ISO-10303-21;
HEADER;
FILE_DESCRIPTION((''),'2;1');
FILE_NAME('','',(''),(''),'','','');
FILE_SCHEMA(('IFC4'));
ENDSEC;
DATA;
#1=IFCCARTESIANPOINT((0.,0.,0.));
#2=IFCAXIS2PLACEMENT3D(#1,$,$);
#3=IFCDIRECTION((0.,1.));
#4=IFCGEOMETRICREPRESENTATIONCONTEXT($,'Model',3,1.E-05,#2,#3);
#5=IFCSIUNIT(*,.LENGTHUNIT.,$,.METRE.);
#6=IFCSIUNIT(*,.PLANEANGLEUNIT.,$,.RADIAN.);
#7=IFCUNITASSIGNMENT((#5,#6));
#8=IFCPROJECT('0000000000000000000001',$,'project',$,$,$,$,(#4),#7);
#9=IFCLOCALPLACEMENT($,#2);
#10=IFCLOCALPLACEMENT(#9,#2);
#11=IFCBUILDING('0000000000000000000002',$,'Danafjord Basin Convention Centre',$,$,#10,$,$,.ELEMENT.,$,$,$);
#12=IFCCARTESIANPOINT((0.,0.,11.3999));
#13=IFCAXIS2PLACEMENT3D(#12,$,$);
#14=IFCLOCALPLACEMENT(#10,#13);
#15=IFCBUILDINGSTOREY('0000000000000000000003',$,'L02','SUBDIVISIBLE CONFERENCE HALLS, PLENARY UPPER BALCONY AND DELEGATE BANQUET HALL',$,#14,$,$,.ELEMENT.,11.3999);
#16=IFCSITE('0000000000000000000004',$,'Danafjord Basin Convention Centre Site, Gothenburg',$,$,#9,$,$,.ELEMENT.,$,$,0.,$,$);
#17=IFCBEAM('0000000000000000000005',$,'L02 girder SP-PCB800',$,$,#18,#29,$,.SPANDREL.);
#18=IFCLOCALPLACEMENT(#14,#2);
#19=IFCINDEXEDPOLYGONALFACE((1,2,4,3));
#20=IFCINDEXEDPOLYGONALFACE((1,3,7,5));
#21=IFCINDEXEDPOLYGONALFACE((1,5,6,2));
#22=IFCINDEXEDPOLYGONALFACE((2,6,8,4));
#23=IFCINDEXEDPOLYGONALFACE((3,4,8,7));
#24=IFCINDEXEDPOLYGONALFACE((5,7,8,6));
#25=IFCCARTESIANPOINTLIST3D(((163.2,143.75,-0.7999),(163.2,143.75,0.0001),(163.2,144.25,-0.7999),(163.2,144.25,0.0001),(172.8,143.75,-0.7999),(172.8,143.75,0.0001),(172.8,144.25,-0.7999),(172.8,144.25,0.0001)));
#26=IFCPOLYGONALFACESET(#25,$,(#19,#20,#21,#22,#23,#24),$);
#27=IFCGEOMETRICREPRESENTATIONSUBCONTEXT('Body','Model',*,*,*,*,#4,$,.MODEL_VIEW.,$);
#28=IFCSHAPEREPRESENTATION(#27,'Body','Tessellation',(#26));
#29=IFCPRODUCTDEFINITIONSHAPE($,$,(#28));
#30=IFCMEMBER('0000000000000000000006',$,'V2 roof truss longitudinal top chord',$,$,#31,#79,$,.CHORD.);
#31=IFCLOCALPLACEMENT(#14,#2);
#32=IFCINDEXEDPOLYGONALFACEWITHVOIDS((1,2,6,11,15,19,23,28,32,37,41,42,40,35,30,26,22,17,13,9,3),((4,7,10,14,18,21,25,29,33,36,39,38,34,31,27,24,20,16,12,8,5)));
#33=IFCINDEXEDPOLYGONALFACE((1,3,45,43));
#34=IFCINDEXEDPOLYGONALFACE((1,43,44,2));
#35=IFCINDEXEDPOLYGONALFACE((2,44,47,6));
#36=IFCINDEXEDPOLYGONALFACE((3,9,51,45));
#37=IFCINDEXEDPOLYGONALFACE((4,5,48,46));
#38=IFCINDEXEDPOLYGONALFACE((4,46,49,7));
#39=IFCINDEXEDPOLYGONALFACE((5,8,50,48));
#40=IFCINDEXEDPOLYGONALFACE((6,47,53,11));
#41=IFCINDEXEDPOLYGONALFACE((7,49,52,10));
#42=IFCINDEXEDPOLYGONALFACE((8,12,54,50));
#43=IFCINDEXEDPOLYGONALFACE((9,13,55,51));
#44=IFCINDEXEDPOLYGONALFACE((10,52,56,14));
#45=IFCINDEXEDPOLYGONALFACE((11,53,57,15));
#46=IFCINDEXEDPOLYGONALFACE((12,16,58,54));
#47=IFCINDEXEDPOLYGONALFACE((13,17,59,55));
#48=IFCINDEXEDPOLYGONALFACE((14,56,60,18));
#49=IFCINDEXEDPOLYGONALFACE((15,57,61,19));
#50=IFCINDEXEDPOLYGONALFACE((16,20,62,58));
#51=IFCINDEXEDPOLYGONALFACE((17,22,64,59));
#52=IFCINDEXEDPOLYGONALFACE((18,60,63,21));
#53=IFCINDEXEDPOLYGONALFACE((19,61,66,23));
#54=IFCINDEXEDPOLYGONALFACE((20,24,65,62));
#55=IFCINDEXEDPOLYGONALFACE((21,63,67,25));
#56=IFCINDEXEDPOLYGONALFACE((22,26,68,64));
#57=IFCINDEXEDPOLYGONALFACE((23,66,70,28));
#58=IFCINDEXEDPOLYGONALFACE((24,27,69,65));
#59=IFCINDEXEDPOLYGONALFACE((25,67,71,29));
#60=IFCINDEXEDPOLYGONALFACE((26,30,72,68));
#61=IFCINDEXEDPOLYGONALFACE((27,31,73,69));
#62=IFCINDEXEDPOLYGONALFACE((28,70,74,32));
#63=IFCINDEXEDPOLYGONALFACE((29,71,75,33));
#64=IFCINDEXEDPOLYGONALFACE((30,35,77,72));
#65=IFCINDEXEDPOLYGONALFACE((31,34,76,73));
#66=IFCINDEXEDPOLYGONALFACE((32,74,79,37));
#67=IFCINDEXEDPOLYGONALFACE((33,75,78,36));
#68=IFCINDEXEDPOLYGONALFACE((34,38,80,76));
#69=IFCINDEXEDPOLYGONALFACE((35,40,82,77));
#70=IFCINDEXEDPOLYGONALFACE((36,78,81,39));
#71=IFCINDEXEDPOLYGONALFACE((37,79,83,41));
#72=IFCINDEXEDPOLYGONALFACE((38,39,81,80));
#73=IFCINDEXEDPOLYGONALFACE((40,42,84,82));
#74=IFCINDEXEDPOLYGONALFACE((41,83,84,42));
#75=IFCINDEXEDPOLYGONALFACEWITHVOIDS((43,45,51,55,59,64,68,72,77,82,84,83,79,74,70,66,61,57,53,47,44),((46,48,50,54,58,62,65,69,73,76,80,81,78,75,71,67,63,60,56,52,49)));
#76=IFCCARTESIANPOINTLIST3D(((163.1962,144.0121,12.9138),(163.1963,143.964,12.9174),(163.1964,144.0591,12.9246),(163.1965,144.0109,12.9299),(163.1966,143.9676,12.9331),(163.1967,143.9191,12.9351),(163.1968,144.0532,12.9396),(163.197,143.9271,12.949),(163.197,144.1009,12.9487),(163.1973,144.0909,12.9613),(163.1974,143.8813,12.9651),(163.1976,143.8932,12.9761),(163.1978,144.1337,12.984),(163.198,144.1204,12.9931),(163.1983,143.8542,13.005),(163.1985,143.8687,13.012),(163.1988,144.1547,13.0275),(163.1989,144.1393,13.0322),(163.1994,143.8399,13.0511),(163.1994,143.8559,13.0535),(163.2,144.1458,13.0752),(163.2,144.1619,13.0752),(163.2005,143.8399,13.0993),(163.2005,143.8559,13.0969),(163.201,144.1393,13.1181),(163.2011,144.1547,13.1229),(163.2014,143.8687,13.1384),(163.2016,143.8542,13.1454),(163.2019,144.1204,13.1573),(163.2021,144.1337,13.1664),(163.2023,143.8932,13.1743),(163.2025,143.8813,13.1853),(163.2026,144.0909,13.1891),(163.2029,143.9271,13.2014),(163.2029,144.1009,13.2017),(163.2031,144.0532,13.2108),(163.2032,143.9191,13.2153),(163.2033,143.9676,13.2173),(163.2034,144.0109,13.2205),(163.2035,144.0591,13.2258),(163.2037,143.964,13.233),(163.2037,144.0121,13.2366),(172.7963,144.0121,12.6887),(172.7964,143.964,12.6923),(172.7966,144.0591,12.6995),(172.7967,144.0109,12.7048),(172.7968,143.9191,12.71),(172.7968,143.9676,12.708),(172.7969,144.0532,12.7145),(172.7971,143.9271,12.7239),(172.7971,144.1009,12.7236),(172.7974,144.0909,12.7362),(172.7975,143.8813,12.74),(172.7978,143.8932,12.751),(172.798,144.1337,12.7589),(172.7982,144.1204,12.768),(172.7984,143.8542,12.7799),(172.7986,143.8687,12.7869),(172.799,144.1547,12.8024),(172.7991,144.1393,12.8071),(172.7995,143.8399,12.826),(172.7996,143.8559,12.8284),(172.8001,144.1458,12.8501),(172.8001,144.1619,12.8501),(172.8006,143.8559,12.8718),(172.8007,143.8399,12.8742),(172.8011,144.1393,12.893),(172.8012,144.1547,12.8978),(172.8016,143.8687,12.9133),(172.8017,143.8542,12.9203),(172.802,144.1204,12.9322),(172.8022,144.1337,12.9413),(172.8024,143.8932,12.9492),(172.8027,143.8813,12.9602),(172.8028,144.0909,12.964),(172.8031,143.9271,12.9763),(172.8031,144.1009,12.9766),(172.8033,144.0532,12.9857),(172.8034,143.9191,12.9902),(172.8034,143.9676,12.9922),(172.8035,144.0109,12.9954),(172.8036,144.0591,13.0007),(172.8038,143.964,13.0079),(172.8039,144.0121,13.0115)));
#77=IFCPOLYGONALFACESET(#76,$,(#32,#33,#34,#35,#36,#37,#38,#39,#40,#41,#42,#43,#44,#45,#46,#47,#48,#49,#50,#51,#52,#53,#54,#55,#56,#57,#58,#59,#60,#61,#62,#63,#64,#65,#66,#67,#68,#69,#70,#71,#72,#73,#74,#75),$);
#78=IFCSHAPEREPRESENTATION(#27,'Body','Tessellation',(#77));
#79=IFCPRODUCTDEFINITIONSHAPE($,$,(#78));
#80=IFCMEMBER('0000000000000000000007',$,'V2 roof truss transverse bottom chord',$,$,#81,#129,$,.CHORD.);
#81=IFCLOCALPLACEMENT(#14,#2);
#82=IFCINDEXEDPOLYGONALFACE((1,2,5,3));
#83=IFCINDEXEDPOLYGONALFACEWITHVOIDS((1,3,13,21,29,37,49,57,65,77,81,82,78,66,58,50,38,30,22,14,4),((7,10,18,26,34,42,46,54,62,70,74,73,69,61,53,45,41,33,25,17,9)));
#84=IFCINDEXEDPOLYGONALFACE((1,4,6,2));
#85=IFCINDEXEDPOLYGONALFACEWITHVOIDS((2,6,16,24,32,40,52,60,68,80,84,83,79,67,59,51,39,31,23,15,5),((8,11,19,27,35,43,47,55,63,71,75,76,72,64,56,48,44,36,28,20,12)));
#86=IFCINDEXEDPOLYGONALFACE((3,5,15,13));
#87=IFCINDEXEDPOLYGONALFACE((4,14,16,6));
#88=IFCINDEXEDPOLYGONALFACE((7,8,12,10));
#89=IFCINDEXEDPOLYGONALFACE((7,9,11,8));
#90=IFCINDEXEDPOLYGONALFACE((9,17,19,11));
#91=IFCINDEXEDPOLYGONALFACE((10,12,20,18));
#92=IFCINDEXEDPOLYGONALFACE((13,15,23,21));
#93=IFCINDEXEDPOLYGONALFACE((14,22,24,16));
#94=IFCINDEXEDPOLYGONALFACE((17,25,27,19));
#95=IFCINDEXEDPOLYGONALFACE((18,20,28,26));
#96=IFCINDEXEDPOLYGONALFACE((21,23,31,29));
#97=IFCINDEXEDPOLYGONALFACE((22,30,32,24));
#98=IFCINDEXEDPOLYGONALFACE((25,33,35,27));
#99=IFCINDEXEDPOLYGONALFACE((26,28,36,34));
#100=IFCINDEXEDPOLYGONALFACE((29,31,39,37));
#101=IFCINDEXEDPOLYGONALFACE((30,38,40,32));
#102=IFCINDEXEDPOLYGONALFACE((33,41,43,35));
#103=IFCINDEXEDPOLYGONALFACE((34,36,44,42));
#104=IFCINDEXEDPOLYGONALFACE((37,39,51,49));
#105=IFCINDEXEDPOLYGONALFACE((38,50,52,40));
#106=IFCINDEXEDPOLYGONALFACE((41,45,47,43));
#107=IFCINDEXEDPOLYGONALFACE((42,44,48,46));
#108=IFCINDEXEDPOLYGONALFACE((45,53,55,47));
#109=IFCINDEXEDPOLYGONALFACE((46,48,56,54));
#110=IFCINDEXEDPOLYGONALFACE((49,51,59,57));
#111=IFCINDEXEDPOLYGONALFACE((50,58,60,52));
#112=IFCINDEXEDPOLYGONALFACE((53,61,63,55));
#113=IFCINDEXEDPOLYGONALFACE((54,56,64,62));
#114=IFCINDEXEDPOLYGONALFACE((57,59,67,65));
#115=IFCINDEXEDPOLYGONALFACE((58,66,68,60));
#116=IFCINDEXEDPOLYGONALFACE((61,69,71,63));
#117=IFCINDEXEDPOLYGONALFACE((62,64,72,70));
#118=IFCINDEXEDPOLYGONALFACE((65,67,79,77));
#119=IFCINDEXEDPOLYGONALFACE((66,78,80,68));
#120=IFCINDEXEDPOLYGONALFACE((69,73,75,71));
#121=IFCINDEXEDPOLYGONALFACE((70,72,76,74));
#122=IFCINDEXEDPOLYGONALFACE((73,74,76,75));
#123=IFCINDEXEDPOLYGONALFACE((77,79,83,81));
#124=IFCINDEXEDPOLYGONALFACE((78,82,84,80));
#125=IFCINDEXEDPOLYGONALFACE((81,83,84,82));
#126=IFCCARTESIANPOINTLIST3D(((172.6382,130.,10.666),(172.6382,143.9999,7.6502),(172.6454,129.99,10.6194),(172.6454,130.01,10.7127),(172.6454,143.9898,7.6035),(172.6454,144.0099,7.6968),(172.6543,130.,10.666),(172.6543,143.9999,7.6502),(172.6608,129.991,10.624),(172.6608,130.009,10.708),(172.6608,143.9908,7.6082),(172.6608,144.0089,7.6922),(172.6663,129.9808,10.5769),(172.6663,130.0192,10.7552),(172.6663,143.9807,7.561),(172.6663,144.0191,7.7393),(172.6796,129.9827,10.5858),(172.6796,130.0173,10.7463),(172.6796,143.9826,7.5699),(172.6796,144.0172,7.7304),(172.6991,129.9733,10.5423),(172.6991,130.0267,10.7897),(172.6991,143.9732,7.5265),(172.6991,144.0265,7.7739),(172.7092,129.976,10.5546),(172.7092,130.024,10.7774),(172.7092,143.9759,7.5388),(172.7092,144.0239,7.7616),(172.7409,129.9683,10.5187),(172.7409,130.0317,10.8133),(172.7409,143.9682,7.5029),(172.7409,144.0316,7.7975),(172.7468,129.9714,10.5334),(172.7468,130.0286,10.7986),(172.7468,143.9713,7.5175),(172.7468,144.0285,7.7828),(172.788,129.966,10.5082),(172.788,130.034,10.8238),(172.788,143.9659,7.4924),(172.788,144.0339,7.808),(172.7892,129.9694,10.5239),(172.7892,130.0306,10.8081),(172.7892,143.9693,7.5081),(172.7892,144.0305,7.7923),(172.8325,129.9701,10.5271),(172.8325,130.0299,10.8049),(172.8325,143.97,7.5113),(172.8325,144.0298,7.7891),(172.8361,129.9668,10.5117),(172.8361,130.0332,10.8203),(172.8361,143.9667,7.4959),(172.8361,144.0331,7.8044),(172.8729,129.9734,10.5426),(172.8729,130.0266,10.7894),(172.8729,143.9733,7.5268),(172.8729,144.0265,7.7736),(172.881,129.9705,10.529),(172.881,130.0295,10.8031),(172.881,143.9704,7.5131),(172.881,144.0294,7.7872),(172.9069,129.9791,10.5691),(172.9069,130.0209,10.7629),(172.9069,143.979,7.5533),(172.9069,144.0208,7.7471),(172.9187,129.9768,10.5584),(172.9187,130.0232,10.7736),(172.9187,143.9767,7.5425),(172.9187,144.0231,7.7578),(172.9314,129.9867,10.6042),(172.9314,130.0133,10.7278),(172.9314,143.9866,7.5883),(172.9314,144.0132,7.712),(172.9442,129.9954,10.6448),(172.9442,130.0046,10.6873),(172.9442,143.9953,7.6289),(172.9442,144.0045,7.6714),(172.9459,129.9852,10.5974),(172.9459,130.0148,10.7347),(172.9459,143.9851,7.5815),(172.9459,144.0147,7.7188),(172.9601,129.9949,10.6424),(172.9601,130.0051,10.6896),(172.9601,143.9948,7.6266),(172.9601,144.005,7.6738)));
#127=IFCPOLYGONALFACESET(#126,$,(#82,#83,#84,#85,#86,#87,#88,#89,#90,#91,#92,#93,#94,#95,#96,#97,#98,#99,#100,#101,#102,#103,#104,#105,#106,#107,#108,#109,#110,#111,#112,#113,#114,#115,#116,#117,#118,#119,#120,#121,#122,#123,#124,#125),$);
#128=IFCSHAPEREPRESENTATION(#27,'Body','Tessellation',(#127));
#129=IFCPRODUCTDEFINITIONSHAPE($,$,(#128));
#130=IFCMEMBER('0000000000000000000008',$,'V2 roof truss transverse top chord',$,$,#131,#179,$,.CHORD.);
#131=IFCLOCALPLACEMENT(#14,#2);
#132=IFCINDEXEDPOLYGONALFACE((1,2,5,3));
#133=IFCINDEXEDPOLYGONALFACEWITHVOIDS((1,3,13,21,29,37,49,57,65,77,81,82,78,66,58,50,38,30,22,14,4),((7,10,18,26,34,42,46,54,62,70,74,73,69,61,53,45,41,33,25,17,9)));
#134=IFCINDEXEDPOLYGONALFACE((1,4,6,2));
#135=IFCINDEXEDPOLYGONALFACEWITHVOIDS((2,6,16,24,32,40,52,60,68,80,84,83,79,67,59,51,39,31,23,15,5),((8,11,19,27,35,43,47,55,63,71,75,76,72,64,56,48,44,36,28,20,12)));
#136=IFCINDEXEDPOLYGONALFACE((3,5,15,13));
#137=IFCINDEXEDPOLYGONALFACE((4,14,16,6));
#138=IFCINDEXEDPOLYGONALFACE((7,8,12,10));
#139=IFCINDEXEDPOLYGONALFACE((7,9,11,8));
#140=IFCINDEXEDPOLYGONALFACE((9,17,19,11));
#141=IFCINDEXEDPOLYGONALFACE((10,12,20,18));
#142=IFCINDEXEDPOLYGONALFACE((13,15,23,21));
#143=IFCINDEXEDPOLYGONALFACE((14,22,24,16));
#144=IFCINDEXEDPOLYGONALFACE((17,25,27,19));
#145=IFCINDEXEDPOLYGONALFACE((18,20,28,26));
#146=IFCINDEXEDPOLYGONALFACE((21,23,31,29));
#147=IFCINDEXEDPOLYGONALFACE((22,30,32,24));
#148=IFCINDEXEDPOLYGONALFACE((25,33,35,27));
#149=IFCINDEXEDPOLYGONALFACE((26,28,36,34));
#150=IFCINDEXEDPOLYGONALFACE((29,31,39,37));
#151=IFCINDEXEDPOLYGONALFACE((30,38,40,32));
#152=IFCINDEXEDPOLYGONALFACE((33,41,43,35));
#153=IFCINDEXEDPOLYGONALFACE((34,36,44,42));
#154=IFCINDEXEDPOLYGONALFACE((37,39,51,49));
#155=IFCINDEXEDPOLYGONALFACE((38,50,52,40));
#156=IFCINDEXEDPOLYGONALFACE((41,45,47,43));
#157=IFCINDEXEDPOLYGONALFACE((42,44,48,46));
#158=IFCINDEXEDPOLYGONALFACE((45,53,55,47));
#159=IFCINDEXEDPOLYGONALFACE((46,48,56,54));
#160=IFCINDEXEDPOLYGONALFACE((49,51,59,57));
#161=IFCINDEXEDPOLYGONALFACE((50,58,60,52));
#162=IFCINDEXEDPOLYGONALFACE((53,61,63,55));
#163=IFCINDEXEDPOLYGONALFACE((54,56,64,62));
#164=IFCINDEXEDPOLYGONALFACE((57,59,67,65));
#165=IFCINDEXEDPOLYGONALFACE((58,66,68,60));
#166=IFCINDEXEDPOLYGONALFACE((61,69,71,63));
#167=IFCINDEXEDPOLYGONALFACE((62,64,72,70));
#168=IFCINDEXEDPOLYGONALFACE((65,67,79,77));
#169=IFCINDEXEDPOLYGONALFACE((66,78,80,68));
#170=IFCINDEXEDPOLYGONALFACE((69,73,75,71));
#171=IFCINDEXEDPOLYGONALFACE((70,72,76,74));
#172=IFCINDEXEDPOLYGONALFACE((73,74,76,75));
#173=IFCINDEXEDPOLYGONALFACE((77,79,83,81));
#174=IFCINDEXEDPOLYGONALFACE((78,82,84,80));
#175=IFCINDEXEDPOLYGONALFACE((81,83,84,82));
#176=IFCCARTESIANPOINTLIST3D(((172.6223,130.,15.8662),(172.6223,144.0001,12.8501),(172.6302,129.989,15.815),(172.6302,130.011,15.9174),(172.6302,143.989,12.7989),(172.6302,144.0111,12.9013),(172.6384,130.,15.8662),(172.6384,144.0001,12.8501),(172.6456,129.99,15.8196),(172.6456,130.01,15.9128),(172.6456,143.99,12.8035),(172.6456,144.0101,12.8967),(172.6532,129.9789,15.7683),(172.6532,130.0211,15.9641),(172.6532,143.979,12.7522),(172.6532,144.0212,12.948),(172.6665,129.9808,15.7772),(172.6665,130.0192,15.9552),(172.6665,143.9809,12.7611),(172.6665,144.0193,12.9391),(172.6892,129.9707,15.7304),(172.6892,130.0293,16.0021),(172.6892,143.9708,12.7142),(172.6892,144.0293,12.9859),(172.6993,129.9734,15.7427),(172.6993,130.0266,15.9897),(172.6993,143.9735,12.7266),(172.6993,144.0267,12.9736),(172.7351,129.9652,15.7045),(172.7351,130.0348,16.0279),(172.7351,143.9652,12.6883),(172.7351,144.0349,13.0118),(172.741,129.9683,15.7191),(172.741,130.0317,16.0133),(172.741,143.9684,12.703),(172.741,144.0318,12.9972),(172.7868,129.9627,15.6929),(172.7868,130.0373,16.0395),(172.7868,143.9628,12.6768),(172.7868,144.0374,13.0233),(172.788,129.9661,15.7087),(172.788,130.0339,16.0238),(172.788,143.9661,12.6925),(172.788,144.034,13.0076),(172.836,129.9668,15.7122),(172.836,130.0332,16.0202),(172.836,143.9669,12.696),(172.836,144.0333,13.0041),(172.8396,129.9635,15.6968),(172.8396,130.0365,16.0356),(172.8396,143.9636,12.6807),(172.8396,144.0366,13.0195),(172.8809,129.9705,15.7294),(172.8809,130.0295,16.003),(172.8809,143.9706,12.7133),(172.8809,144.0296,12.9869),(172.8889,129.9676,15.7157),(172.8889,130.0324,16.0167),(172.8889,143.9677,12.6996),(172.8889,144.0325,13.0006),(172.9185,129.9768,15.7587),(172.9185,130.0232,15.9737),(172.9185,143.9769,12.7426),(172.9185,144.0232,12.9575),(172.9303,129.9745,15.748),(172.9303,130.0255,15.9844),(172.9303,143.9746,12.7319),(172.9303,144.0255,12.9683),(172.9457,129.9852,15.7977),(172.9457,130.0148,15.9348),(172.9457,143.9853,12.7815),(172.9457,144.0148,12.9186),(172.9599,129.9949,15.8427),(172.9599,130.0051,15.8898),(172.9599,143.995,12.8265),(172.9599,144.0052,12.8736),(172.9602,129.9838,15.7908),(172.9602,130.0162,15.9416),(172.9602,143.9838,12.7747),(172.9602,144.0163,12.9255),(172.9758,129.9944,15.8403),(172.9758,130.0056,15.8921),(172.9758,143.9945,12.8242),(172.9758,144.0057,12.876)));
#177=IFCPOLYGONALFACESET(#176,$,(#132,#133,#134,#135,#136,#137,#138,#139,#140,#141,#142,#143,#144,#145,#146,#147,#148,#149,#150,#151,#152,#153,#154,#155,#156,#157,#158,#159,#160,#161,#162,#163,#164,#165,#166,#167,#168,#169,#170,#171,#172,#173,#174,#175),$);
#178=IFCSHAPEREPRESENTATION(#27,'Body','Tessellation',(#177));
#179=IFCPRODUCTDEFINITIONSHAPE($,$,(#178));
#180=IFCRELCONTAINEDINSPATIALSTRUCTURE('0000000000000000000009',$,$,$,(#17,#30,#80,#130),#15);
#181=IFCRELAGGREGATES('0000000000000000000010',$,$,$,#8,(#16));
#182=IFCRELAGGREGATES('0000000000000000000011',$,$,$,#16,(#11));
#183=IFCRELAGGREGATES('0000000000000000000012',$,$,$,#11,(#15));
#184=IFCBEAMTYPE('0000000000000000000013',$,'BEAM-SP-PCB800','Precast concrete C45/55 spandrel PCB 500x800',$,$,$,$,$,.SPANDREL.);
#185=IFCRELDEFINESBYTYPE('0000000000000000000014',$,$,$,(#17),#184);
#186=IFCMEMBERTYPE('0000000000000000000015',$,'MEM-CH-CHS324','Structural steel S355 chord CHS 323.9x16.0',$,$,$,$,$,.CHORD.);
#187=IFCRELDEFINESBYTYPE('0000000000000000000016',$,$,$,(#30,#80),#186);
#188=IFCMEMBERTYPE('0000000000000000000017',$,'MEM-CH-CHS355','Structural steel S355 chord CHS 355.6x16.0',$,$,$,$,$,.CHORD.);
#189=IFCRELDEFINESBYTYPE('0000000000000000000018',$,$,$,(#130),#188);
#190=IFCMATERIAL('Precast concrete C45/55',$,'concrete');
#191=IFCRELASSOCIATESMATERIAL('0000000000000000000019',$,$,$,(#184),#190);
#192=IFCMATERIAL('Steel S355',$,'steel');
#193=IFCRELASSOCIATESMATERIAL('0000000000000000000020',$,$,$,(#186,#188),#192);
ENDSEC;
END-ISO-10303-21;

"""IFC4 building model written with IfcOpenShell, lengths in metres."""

from ifc_helpers import new_model, si_unit, direction, frame, origin, origin_2d, place, context, subcontext, project, spatial, rectangle, hollow_circle, extrude, material, material_profile, profile_set, type_object, element, save


model = new_model("IFC4")

# Units and contexts
model_context = context("Model", 3, precision=1e-05, world=origin(), true_north=direction((0.0, 1.0)))
body_context = subcontext(model_context, "Body", "Model", "MODEL_VIEW")
ifc_project = project(units=[si_unit("LENGTHUNIT", "METRE"), si_unit("PLANEANGLEUNIT", "RADIAN")], contexts=[model_context])

# Site, building, storey
site_placement = place(None, origin())
site = spatial("IfcSite", under=ifc_project, at=site_placement, Name="Danafjord Basin Convention Centre Site, Gothenburg", CompositionType="ELEMENT", RefElevation=0.0)
building_placement = place(site_placement, origin())
building = spatial("IfcBuilding", under=site, at=building_placement, Name="Danafjord Basin Convention Centre", CompositionType="ELEMENT")
storey_placement = place(building_placement, frame((0.0, 0.0, 11.3999)))
storey = spatial("IfcBuildingStorey", under=building, at=storey_placement, Name="L02", Description="SUBDIVISIBLE CONFERENCE HALLS, PLENARY UPPER BALCONY AND DELEGATE BANQUET HALL", CompositionType="ELEMENT", Elevation=11.3999)

# Shared definitions
ifc_material_1 = material(Name="Steel S355", Category="steel")

# Beam
ifc_material_2 = material(Name="Precast concrete C45/55", Category="concrete")
ifc_material_profile_1 = material_profile(ifc_material_2, rectangle(XDim=0.5, YDim=0.8, at=origin_2d()), Name="PCB 500x800")
ifc_profile_set_1 = profile_set([ifc_material_profile_1], Name="Precast concrete C45/55")
beam_type_1 = type_object("IfcBeamType", Name="BEAM-SP-PCB800", Description="Precast concrete C45/55 spandrel PCB 500x800", PredefinedType="SPANDREL", material=ifc_profile_set_1)
beam_1_placement = place(storey_placement, frame((163.2, 144.0, -0.3999), z_axis=(1.0, 0.0, 0.0), x_axis=(0.0, 1.0, 0.0)))
element("IfcBeam", 1, at=beam_1_placement, inside=storey, type_object=beam_type_1, Name="L02 girder SP-PCB800", PredefinedType="SPANDREL", context=body_context, shape_type="SweptSolid", body=[
    extrude(rectangle(XDim=0.5, YDim=0.8, at=origin_2d()), origin(), (0.0, 0.0, 1.0), 9.6001),
])

# Members
ifc_material_profile_2 = material_profile(ifc_material_1, hollow_circle(Radius=0.1619, WallThickness=0.0161, at=origin_2d()), Name="CHS 323.9x16.0")
ifc_profile_set_2 = profile_set([ifc_material_profile_2], Name="Steel S355")
member_type_1 = type_object("IfcMemberType", Name="MEM-CH-CHS324", Description="Structural steel S355 chord CHS 323.9x16.0", PredefinedType="CHORD", material=ifc_profile_set_2)
member_1_placement = place(storey_placement, frame((163.2, 144.0, 13.0752), z_axis=(0.999725, 0.0, -0.023441), x_axis=(0.0, 1.0, 0.0)))
element("IfcMember", 2, at=member_1_placement, inside=storey, type_object=member_type_1, Name="V2 roof truss longitudinal top chord", PredefinedType="CHORD", context=body_context, shape_type="SweptSolid", body=[
    extrude(hollow_circle(Radius=0.1619, WallThickness=0.0161, at=origin_2d()), origin(), (0.0, 0.0, 1.0), 9.6028),
])
member_2_placement = place(storey_placement, frame((172.8, 130.0, 10.666), z_axis=(0.0, 0.977575, -0.210588), x_axis=(-1.0, 0.0, 0.0)))
element("IfcMember", 3, at=member_2_placement, inside=storey, type_object=member_type_1, Name="V2 roof truss transverse bottom chord", PredefinedType="CHORD", context=body_context, shape_type="SweptSolid", body=[
    extrude(hollow_circle(Radius=0.1619, WallThickness=0.0161, at=origin_2d()), origin(), (0.0, 0.0, 1.0), 14.321),
])
ifc_material_profile_3 = material_profile(ifc_material_1, hollow_circle(Radius=0.1777, WallThickness=0.0161, at=origin_2d()), Name="CHS 355.6x16.0")
ifc_profile_set_3 = profile_set([ifc_material_profile_3], Name="Steel S355")
member_type_2 = type_object("IfcMemberType", Name="MEM-CH-CHS355", Description="Structural steel S355 chord CHS 355.6x16.0", PredefinedType="CHORD", material=ifc_profile_set_3)
member_3_placement = place(storey_placement, frame((172.8, 130.0, 15.8662), z_axis=(0.0, 0.977571, -0.210605), x_axis=(-1.0, 0.0, 0.0)))
element("IfcMember", 4, at=member_3_placement, inside=storey, type_object=member_type_2, Name="V2 roof truss transverse top chord", PredefinedType="CHORD", context=body_context, shape_type="SweptSolid", body=[
    extrude(hollow_circle(Radius=0.1777, WallThickness=0.0161, at=origin_2d()), origin(), (0.0, 0.0, 1.0), 14.3213),
])

save(model, "model.ifc")
